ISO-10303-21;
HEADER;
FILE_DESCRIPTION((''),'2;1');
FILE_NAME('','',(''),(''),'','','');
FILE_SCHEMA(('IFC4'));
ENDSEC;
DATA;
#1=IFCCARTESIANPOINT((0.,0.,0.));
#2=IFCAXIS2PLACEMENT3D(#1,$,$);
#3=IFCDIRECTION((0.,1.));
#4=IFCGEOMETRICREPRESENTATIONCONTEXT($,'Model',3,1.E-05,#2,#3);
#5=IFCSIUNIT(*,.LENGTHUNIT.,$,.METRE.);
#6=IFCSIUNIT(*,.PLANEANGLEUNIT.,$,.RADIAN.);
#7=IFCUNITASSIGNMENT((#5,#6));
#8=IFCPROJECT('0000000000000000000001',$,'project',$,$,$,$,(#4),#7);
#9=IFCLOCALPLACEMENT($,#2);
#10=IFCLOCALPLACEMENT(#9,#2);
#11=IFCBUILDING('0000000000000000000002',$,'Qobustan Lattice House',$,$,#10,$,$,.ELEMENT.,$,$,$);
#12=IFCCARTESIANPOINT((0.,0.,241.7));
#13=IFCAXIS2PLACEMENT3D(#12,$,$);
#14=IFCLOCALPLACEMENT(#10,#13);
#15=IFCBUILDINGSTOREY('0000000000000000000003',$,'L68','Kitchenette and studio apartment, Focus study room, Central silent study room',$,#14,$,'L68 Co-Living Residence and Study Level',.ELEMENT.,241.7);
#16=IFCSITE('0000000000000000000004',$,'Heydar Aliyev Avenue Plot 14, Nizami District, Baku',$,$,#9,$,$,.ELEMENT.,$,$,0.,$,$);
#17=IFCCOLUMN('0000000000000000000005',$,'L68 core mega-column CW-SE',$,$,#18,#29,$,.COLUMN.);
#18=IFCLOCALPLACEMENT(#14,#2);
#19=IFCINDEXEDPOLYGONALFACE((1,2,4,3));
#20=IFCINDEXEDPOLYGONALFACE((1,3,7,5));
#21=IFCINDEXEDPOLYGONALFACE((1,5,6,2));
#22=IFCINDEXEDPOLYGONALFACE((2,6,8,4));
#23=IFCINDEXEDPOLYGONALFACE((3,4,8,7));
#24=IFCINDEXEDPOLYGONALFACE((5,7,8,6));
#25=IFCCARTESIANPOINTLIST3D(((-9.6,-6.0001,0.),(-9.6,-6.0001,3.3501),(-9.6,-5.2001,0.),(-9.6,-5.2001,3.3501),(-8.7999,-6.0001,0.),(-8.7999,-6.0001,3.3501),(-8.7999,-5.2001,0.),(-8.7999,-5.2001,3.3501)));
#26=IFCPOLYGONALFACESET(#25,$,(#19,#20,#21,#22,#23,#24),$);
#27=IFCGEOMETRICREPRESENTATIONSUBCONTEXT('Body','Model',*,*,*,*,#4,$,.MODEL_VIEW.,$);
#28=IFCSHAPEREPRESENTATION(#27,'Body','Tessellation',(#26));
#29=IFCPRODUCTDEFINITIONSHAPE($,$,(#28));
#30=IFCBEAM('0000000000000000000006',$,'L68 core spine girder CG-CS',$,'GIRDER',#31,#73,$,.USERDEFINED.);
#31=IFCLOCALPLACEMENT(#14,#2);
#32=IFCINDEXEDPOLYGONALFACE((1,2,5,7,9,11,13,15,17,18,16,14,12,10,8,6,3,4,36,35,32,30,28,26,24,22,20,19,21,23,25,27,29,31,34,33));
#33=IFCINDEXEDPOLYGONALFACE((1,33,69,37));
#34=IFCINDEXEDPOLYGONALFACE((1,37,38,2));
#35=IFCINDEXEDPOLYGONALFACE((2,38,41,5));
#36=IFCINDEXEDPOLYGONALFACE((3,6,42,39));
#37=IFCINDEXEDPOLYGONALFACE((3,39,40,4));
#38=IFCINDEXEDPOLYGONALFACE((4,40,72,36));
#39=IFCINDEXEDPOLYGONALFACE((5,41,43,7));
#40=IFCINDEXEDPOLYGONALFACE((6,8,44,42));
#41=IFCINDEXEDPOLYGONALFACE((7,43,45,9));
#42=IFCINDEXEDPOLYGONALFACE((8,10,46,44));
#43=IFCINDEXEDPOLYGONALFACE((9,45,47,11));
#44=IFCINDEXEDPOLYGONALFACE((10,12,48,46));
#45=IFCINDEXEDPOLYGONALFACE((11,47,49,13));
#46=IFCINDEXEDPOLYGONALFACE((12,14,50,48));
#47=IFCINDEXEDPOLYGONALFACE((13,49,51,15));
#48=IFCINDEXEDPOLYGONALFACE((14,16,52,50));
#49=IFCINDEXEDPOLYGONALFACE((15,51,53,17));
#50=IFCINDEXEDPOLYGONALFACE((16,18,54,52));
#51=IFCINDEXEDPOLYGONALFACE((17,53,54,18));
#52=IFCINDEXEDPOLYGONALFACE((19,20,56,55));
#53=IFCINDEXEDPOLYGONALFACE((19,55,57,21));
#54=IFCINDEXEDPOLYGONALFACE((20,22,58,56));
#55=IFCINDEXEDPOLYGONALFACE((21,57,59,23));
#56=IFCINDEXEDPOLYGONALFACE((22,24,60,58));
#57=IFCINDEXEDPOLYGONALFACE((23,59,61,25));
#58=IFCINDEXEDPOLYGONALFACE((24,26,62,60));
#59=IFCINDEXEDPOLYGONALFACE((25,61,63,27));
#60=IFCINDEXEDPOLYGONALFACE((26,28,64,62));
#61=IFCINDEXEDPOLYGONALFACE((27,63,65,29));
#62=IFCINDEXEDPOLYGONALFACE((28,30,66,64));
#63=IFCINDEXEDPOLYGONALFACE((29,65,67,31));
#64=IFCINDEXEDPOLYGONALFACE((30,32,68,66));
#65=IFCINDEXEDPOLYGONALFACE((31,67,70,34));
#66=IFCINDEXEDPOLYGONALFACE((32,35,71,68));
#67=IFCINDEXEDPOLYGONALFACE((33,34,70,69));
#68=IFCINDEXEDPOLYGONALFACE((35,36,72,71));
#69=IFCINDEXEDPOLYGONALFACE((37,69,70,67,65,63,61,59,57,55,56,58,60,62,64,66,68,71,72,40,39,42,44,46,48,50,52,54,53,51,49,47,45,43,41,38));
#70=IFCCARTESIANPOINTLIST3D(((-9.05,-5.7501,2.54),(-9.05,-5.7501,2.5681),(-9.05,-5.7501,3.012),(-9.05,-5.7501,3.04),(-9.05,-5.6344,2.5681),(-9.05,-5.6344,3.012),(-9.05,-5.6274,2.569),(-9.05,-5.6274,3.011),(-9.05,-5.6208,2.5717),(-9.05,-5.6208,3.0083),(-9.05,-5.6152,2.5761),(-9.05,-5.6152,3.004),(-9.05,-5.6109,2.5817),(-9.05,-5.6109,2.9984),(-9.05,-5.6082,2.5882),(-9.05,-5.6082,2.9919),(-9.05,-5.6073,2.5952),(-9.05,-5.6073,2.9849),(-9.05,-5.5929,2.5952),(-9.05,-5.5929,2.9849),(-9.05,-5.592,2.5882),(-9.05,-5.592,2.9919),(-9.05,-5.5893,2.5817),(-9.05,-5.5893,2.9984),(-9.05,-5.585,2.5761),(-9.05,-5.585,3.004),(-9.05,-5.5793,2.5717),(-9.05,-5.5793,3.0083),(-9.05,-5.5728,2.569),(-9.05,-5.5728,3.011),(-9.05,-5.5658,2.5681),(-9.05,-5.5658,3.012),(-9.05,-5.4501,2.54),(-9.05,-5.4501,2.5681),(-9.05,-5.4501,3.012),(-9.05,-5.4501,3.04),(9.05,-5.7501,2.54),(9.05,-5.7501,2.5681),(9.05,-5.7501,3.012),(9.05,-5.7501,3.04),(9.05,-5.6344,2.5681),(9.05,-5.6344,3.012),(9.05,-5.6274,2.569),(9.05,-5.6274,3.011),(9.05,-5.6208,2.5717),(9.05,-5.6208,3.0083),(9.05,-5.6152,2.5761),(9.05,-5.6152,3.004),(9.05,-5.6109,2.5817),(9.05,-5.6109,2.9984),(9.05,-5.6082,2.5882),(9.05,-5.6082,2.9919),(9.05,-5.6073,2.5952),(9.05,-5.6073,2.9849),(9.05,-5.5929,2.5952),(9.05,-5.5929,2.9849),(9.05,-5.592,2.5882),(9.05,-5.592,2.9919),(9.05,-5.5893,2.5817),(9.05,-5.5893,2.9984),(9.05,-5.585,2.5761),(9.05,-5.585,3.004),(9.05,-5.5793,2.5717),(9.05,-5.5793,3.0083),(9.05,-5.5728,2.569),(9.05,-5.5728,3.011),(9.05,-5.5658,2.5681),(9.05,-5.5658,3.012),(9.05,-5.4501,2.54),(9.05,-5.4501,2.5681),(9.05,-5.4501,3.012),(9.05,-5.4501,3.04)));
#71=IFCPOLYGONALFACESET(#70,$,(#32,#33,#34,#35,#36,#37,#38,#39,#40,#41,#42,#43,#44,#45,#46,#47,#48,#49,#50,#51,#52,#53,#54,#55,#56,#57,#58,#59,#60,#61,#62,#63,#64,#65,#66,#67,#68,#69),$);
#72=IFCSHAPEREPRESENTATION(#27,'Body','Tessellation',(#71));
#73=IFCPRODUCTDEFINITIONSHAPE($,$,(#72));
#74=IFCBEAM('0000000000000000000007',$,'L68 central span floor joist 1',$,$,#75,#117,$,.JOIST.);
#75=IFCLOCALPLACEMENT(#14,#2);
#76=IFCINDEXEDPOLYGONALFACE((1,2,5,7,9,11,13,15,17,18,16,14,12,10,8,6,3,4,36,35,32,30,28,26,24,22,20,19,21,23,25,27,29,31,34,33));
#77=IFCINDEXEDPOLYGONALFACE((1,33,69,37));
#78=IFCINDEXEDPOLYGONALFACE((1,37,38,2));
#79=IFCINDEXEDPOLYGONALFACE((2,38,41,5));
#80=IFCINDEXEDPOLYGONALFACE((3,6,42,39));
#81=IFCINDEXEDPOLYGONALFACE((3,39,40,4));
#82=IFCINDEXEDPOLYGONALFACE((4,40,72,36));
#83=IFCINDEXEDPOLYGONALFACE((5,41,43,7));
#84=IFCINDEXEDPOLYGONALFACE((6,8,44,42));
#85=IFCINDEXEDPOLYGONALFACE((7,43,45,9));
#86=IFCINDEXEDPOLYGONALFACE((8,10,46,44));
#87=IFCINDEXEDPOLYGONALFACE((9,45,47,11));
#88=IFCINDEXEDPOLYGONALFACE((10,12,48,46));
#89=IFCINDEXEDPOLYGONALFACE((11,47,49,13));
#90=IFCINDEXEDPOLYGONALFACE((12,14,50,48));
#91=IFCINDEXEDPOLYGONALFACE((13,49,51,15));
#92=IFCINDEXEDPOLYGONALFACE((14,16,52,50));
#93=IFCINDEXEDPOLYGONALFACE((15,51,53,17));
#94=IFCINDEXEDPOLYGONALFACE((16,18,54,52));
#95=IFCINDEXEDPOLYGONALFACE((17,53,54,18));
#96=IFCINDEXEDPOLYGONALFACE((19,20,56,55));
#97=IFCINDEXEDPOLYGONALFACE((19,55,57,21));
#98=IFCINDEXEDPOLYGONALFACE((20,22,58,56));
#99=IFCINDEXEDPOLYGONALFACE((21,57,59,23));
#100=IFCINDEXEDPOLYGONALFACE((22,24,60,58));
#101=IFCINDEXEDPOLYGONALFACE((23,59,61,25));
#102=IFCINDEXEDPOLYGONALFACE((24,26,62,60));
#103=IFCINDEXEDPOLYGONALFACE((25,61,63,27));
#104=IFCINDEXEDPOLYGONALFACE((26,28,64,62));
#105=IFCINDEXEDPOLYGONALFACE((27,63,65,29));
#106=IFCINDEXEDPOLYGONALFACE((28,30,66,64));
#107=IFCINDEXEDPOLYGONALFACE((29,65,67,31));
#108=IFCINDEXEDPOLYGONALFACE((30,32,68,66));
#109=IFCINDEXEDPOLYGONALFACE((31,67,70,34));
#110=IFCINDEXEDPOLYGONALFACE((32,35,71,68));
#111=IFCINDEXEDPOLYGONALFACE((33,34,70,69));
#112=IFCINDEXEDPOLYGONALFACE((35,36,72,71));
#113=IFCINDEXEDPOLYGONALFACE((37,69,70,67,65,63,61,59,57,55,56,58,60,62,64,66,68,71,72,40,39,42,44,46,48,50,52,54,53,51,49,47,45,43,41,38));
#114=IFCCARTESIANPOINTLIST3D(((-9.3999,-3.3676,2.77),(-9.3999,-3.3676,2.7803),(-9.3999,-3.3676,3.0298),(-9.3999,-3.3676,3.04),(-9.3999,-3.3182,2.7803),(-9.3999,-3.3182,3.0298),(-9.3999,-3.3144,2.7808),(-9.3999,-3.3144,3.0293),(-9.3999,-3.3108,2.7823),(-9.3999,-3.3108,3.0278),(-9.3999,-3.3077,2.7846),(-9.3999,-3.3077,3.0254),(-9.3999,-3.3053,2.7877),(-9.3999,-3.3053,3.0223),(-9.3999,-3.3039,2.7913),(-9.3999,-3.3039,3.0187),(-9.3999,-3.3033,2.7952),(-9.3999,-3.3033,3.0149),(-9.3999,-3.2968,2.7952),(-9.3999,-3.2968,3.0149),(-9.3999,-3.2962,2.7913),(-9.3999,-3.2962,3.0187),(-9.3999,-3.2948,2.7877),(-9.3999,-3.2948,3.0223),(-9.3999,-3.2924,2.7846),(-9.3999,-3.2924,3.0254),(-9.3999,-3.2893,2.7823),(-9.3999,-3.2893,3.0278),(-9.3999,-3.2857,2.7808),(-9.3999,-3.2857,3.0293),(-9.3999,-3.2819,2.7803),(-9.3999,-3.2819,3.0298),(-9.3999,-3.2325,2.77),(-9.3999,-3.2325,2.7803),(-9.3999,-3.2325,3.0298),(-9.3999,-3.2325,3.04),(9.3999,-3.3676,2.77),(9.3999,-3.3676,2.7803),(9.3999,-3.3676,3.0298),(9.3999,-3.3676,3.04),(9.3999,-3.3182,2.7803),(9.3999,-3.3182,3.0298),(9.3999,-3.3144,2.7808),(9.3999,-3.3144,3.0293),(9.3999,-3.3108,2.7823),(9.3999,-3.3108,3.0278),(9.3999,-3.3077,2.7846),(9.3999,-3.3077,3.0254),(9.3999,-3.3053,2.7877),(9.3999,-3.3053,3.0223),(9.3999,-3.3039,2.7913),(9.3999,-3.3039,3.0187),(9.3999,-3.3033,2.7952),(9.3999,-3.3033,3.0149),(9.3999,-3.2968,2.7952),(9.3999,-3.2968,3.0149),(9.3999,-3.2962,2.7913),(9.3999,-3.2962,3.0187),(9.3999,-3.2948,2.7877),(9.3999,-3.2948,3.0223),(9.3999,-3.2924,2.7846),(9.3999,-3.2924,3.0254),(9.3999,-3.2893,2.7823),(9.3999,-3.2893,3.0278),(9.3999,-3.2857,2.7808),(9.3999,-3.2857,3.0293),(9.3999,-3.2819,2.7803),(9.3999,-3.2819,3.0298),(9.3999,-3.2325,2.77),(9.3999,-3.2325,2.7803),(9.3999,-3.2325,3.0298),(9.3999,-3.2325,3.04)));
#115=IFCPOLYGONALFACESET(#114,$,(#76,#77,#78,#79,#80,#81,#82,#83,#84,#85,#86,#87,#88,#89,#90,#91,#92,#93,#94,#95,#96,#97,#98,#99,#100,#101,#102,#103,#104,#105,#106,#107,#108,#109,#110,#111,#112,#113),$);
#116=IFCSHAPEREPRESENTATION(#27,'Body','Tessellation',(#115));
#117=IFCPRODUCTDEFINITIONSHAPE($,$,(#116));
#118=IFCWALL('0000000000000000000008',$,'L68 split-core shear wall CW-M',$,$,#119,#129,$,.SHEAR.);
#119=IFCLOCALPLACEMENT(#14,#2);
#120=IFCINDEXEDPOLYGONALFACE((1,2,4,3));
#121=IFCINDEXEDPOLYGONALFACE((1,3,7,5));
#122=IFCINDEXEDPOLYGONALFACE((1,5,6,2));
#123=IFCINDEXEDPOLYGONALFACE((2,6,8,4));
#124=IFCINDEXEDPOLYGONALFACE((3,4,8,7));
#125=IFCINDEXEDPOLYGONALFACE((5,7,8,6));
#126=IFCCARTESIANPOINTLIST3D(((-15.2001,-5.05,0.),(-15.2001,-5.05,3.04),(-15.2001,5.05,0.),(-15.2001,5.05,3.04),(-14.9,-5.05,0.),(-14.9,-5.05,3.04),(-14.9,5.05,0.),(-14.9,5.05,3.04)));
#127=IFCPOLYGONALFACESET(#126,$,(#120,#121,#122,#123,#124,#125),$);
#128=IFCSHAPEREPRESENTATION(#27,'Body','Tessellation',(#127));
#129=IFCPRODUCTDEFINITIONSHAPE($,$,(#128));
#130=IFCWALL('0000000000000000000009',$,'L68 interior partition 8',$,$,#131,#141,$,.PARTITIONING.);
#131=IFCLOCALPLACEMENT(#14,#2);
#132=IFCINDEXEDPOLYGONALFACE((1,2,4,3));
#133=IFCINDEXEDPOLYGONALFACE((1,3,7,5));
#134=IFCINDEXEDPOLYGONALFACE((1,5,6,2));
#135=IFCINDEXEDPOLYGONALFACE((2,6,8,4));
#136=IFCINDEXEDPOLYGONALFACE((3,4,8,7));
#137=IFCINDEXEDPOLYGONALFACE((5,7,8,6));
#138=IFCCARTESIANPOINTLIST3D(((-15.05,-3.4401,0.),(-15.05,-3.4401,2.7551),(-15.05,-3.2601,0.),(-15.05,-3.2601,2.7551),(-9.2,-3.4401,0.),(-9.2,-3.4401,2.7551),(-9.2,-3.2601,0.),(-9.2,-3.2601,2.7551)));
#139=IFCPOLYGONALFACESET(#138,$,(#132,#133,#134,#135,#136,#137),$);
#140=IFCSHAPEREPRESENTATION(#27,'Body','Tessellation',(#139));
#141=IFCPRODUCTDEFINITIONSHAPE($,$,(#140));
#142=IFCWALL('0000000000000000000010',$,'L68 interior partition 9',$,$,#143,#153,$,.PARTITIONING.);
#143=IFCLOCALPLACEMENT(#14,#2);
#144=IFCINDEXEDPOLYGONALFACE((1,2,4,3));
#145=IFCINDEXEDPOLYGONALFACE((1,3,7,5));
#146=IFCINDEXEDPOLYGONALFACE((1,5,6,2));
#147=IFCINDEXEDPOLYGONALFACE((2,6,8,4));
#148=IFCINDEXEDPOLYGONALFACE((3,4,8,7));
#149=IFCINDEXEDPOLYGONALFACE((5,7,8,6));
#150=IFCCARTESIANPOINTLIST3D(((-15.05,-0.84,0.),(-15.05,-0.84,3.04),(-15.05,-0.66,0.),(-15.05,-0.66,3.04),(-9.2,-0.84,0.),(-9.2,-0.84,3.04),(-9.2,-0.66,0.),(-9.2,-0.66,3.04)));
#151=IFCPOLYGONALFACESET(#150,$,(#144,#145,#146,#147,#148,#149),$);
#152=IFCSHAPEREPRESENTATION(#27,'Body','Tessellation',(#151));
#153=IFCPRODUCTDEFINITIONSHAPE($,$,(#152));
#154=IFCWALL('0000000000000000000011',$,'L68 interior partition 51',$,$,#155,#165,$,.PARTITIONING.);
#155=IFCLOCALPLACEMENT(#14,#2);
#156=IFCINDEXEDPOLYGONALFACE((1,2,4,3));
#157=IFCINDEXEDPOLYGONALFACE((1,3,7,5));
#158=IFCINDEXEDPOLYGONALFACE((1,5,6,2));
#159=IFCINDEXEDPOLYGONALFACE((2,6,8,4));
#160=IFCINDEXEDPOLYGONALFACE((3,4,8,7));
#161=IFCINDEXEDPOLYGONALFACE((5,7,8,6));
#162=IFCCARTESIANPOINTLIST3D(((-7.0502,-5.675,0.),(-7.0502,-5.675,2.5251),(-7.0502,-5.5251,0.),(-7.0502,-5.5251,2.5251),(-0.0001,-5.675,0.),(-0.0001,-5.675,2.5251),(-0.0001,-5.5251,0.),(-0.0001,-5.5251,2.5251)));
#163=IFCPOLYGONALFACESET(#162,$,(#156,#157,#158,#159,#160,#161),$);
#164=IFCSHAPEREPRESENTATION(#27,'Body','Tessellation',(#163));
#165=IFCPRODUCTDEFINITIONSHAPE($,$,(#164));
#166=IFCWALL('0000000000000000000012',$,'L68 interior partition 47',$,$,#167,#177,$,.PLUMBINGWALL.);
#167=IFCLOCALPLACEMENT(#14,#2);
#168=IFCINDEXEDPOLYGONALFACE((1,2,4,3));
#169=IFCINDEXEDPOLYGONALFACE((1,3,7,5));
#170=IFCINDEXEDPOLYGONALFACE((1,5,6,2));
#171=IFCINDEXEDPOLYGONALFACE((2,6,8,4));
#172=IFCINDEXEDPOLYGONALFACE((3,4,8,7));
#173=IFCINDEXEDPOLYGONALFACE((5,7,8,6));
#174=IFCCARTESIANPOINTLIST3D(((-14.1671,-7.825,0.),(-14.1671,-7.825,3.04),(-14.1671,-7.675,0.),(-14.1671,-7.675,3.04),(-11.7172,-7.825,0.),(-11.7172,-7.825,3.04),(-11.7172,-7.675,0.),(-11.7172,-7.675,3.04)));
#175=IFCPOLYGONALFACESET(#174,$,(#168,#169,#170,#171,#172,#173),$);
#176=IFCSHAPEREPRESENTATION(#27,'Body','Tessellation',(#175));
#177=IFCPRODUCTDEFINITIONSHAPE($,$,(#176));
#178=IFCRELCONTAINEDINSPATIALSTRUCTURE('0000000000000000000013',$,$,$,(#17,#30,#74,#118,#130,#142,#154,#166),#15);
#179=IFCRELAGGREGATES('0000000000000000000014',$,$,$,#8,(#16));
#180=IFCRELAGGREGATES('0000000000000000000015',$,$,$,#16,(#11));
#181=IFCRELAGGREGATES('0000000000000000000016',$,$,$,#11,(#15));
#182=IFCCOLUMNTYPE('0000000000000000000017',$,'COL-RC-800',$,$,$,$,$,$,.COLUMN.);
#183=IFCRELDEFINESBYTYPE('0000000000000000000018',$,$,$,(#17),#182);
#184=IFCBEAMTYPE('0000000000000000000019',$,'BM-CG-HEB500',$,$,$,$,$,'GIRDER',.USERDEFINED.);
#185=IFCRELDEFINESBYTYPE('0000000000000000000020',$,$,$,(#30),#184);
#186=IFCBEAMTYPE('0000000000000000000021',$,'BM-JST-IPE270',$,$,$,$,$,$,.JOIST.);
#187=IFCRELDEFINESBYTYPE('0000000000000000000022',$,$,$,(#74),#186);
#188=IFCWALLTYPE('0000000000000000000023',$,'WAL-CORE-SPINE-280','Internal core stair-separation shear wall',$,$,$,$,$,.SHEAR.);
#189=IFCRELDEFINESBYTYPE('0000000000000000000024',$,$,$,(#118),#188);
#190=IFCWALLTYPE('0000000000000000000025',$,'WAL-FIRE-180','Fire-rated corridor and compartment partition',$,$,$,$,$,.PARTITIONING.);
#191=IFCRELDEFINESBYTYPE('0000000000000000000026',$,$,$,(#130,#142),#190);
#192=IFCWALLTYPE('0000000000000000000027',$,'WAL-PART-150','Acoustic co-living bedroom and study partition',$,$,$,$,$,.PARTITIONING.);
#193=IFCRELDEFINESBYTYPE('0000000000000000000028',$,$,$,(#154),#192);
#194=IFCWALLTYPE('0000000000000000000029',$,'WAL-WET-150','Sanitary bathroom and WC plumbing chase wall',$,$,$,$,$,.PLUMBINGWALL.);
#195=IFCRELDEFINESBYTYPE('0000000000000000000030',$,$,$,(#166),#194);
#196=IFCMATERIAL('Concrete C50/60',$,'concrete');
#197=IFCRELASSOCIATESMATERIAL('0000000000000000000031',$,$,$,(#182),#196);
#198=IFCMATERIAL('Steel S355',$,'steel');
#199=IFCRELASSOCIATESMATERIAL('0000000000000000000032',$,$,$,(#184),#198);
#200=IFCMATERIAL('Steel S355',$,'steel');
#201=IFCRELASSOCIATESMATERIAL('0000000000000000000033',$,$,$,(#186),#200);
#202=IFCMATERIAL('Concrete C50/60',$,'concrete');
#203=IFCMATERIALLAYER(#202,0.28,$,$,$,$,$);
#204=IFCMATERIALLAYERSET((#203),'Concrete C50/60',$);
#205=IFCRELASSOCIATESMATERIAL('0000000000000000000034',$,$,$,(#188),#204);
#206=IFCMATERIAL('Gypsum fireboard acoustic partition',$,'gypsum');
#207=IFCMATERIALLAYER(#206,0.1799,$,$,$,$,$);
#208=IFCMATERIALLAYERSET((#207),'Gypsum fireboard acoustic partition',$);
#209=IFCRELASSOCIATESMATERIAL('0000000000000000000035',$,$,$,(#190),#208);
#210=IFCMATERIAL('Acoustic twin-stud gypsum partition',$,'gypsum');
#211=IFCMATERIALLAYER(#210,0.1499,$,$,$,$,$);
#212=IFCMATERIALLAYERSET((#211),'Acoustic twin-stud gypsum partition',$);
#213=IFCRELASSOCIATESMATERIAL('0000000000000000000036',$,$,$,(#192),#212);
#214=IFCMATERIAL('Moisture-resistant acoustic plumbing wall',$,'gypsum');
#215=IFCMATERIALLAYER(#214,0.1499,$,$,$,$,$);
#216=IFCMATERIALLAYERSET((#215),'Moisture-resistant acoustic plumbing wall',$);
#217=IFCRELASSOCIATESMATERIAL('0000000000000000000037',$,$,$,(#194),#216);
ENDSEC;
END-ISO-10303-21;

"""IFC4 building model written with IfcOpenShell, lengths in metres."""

from ifc_helpers import new_model, si_unit, direction, frame, frame_2d, origin, origin_2d, place, context, subcontext, project, spatial, rectangle, i_section, extrude, material, layer, layer_set, material_profile, profile_set, type_object, element, save


model = new_model("IFC4")

# Units and contexts
model_context = context("Model", 3, precision=1e-05, world=origin(), true_north=direction((0.0, 1.0)))
body_context = subcontext(model_context, "Body", "Model", "MODEL_VIEW")
ifc_project = project(units=[si_unit("LENGTHUNIT", "METRE"), si_unit("PLANEANGLEUNIT", "RADIAN")], contexts=[model_context])

# Site, building, storey
site_placement = place(None, origin())
site = spatial("IfcSite", under=ifc_project, at=site_placement, Name="Heydar Aliyev Avenue Plot 14, Nizami District, Baku", CompositionType="ELEMENT", RefElevation=0.0)
building_placement = place(site_placement, origin())
building = spatial("IfcBuilding", under=site, at=building_placement, Name="Qobustan Lattice House", CompositionType="ELEMENT")
storey_placement = place(building_placement, frame((0.0, 0.0, 241.7)))
storey = spatial("IfcBuildingStorey", under=building, at=storey_placement, Name="L68", Description="Kitchenette and studio apartment, Focus study room, Central silent study room", LongName="L68 Co-Living Residence and Study Level", CompositionType="ELEMENT", Elevation=241.7)

# Column
ifc_material_1 = material(Name="Concrete C50/60", Category="concrete")
ifc_material_profile_1 = material_profile(ifc_material_1, rectangle(XDim=0.8, YDim=0.8, at=origin_2d()), Name="RC800x800")
ifc_profile_set_1 = profile_set([ifc_material_profile_1], Name="Concrete C50/60")
column_type = type_object("IfcColumnType", Name="COL-RC-800", PredefinedType="COLUMN", material=ifc_profile_set_1)
column_placement = place(storey_placement, frame((-9.2, -5.6001, 0.0), z_axis=(0.0, 0.0, 1.0), x_axis=(1.0, 0.0, 0.0)))
element("IfcColumn", 1, at=column_placement, inside=storey, type_object=column_type, Name="L68 core mega-column CW-SE", PredefinedType="COLUMN", context=body_context, shape_type="SweptSolid", body=[
    extrude(rectangle(XDim=0.8, YDim=0.8, at=origin_2d()), origin(), (0.0, 0.0, 1.0), 3.3501),
])

# Beams
ifc_material_2 = material(Name="Steel S355", Category="steel")
ifc_material_profile_2 = material_profile(ifc_material_2, i_section(OverallWidth=0.3, OverallDepth=0.5, WebThickness=0.0144, FlangeThickness=0.0281, FilletRadius=0.0271, at=origin_2d()), Name="HEB500")
ifc_profile_set_2 = profile_set([ifc_material_profile_2], Name="Steel S355")
beam_type_1 = type_object("IfcBeamType", Name="BM-CG-HEB500", ElementType="GIRDER", PredefinedType="USERDEFINED", material=ifc_profile_set_2)
beam_1_placement = place(storey_placement, frame((-9.05, -5.6001, 2.79), z_axis=(1.0, 0.0, 0.0), x_axis=(0.0, 1.0, 0.0)))
element("IfcBeam", 2, at=beam_1_placement, inside=storey, type_object=beam_type_1, Name="L68 core spine girder CG-CS", ObjectType="GIRDER", PredefinedType="USERDEFINED", context=body_context, shape_type="SweptSolid", body=[
    extrude(i_section(OverallWidth=0.3, OverallDepth=0.5, WebThickness=0.0144, FlangeThickness=0.0281, FilletRadius=0.0271, at=origin_2d()), origin(), (0.0, 0.0, 1.0), 18.1001),
])
ifc_material_3 = material(Name="Steel S355", Category="steel")
ifc_material_profile_3 = material_profile(ifc_material_3, i_section(OverallWidth=0.135, OverallDepth=0.27, WebThickness=0.0066, FlangeThickness=0.0103, FilletRadius=0.0149, at=origin_2d()), Name="IPE270")
ifc_profile_set_3 = profile_set([ifc_material_profile_3], Name="Steel S355")
beam_type_2 = type_object("IfcBeamType", Name="BM-JST-IPE270", PredefinedType="JOIST", material=ifc_profile_set_3)
beam_2_placement = place(storey_placement, frame((-9.3999, -3.3, 2.905), z_axis=(1.0, 0.0, 0.0), x_axis=(0.0, 1.0, 0.0)))
element("IfcBeam", 3, at=beam_2_placement, inside=storey, type_object=beam_type_2, Name="L68 central span floor joist 1", PredefinedType="JOIST", context=body_context, shape_type="SweptSolid", body=[
    extrude(i_section(OverallWidth=0.135, OverallDepth=0.27, WebThickness=0.0066, FlangeThickness=0.0103, FilletRadius=0.0149, at=origin_2d()), origin(), (0.0, 0.0, 1.0), 18.7998),
])

# Walls
ifc_material_4 = material(Name="Concrete C50/60", Category="concrete")
ifc_layer_1 = layer(ifc_material_4, 0.28)
ifc_layer_set_1 = layer_set([ifc_layer_1], Name="Concrete C50/60")
wall_type_1 = type_object("IfcWallType", Name="WAL-CORE-SPINE-280", Description="Internal core stair-separation shear wall", PredefinedType="SHEAR", material=ifc_layer_set_1)
wall_1_placement = place(storey_placement, frame((-15.05, -5.05, 0.0), z_axis=(0.0, 0.0, 1.0), x_axis=(0.0, 1.0, 0.0)))
element("IfcWall", 4, at=wall_1_placement, inside=storey, type_object=wall_type_1, Name="L68 split-core shear wall CW-M", PredefinedType="SHEAR", context=body_context, shape_type="SweptSolid", body=[
    extrude(rectangle(XDim=10.1001, YDim=0.3, at=frame_2d((5.05, 0.0))), origin(), (0.0, 0.0, 1.0), 3.04),
])
ifc_material_5 = material(Name="Gypsum fireboard acoustic partition", Category="gypsum")
ifc_layer_2 = layer(ifc_material_5, 0.1799)
ifc_layer_set_2 = layer_set([ifc_layer_2], Name="Gypsum fireboard acoustic partition")
wall_type_2 = type_object("IfcWallType", Name="WAL-FIRE-180", Description="Fire-rated corridor and compartment partition", PredefinedType="PARTITIONING", material=ifc_layer_set_2)
wall_2_placement = place(storey_placement, frame((-15.05, -3.3501, 0.0), z_axis=(0.0, 0.0, 1.0), x_axis=(1.0, 0.0, 0.0)))
element("IfcWall", 5, at=wall_2_placement, inside=storey, type_object=wall_type_2, Name="L68 interior partition 8", PredefinedType="PARTITIONING", context=body_context, shape_type="SweptSolid", body=[
    extrude(rectangle(XDim=5.8501, YDim=0.1799, at=frame_2d((2.925, 0.0))), origin(), (0.0, 0.0, 1.0), 2.7551),
])
wall_3_placement = place(storey_placement, frame((-9.2, -0.75, 0.0), z_axis=(0.0, 0.0, 1.0), x_axis=(-1.0, 0.0, 0.0)))
element("IfcWall", 6, at=wall_3_placement, inside=storey, type_object=wall_type_2, Name="L68 interior partition 9", PredefinedType="PARTITIONING", context=body_context, shape_type="SweptSolid", body=[
    extrude(rectangle(XDim=5.8501, YDim=0.1799, at=frame_2d((2.925, 0.0))), origin(), (0.0, 0.0, 1.0), 3.04),
])

# Walls
ifc_material_6 = material(Name="Acoustic twin-stud gypsum partition", Category="gypsum")
ifc_layer_3 = layer(ifc_material_6, 0.1499)
ifc_layer_set_3 = layer_set([ifc_layer_3], Name="Acoustic twin-stud gypsum partition")
wall_type_3 = type_object("IfcWallType", Name="WAL-PART-150", Description="Acoustic co-living bedroom and study partition", PredefinedType="PARTITIONING", material=ifc_layer_set_3)
wall_4_placement = place(storey_placement, frame((-7.05, -5.6001, 0.0), z_axis=(0.0, 0.0, 1.0), x_axis=(1.0, 0.0, 0.0)))
element("IfcWall", 7, at=wall_4_placement, inside=storey, type_object=wall_type_3, Name="L68 interior partition 51", PredefinedType="PARTITIONING", context=body_context, shape_type="SweptSolid", body=[
    extrude(rectangle(XDim=7.05, YDim=0.1499, at=frame_2d((3.5249, 0.0))), origin(), (0.0, 0.0, 1.0), 2.5251),
])
ifc_material_7 = material(Name="Moisture-resistant acoustic plumbing wall", Category="gypsum")
ifc_layer_4 = layer(ifc_material_7, 0.1499)
ifc_layer_set_4 = layer_set([ifc_layer_4], Name="Moisture-resistant acoustic plumbing wall")
wall_type_4 = type_object("IfcWallType", Name="WAL-WET-150", Description="Sanitary bathroom and WC plumbing chase wall", PredefinedType="PLUMBINGWALL", material=ifc_layer_set_4)
for number, where, z_axis, x_axis, name in (
    (8, (-11.717, -7.75, 0.0), (0.0, 0.0, 1.0), (-1.0, 0.0, 0.0), "L68 interior partition 47"),
):
    element("IfcWall", number, at=place(storey_placement, frame(where, z_axis=z_axis, x_axis=x_axis)), inside=storey, type_object=wall_type_4, Name=name, PredefinedType="PLUMBINGWALL", context=body_context, shape_type="SweptSolid", body=[
        extrude(rectangle(XDim=2.45, YDim=0.1499, at=frame_2d((1.2251, 0.0))), origin(), (0.0, 0.0, 1.0), 3.04),
    ])

save(model, "model.ifc")
